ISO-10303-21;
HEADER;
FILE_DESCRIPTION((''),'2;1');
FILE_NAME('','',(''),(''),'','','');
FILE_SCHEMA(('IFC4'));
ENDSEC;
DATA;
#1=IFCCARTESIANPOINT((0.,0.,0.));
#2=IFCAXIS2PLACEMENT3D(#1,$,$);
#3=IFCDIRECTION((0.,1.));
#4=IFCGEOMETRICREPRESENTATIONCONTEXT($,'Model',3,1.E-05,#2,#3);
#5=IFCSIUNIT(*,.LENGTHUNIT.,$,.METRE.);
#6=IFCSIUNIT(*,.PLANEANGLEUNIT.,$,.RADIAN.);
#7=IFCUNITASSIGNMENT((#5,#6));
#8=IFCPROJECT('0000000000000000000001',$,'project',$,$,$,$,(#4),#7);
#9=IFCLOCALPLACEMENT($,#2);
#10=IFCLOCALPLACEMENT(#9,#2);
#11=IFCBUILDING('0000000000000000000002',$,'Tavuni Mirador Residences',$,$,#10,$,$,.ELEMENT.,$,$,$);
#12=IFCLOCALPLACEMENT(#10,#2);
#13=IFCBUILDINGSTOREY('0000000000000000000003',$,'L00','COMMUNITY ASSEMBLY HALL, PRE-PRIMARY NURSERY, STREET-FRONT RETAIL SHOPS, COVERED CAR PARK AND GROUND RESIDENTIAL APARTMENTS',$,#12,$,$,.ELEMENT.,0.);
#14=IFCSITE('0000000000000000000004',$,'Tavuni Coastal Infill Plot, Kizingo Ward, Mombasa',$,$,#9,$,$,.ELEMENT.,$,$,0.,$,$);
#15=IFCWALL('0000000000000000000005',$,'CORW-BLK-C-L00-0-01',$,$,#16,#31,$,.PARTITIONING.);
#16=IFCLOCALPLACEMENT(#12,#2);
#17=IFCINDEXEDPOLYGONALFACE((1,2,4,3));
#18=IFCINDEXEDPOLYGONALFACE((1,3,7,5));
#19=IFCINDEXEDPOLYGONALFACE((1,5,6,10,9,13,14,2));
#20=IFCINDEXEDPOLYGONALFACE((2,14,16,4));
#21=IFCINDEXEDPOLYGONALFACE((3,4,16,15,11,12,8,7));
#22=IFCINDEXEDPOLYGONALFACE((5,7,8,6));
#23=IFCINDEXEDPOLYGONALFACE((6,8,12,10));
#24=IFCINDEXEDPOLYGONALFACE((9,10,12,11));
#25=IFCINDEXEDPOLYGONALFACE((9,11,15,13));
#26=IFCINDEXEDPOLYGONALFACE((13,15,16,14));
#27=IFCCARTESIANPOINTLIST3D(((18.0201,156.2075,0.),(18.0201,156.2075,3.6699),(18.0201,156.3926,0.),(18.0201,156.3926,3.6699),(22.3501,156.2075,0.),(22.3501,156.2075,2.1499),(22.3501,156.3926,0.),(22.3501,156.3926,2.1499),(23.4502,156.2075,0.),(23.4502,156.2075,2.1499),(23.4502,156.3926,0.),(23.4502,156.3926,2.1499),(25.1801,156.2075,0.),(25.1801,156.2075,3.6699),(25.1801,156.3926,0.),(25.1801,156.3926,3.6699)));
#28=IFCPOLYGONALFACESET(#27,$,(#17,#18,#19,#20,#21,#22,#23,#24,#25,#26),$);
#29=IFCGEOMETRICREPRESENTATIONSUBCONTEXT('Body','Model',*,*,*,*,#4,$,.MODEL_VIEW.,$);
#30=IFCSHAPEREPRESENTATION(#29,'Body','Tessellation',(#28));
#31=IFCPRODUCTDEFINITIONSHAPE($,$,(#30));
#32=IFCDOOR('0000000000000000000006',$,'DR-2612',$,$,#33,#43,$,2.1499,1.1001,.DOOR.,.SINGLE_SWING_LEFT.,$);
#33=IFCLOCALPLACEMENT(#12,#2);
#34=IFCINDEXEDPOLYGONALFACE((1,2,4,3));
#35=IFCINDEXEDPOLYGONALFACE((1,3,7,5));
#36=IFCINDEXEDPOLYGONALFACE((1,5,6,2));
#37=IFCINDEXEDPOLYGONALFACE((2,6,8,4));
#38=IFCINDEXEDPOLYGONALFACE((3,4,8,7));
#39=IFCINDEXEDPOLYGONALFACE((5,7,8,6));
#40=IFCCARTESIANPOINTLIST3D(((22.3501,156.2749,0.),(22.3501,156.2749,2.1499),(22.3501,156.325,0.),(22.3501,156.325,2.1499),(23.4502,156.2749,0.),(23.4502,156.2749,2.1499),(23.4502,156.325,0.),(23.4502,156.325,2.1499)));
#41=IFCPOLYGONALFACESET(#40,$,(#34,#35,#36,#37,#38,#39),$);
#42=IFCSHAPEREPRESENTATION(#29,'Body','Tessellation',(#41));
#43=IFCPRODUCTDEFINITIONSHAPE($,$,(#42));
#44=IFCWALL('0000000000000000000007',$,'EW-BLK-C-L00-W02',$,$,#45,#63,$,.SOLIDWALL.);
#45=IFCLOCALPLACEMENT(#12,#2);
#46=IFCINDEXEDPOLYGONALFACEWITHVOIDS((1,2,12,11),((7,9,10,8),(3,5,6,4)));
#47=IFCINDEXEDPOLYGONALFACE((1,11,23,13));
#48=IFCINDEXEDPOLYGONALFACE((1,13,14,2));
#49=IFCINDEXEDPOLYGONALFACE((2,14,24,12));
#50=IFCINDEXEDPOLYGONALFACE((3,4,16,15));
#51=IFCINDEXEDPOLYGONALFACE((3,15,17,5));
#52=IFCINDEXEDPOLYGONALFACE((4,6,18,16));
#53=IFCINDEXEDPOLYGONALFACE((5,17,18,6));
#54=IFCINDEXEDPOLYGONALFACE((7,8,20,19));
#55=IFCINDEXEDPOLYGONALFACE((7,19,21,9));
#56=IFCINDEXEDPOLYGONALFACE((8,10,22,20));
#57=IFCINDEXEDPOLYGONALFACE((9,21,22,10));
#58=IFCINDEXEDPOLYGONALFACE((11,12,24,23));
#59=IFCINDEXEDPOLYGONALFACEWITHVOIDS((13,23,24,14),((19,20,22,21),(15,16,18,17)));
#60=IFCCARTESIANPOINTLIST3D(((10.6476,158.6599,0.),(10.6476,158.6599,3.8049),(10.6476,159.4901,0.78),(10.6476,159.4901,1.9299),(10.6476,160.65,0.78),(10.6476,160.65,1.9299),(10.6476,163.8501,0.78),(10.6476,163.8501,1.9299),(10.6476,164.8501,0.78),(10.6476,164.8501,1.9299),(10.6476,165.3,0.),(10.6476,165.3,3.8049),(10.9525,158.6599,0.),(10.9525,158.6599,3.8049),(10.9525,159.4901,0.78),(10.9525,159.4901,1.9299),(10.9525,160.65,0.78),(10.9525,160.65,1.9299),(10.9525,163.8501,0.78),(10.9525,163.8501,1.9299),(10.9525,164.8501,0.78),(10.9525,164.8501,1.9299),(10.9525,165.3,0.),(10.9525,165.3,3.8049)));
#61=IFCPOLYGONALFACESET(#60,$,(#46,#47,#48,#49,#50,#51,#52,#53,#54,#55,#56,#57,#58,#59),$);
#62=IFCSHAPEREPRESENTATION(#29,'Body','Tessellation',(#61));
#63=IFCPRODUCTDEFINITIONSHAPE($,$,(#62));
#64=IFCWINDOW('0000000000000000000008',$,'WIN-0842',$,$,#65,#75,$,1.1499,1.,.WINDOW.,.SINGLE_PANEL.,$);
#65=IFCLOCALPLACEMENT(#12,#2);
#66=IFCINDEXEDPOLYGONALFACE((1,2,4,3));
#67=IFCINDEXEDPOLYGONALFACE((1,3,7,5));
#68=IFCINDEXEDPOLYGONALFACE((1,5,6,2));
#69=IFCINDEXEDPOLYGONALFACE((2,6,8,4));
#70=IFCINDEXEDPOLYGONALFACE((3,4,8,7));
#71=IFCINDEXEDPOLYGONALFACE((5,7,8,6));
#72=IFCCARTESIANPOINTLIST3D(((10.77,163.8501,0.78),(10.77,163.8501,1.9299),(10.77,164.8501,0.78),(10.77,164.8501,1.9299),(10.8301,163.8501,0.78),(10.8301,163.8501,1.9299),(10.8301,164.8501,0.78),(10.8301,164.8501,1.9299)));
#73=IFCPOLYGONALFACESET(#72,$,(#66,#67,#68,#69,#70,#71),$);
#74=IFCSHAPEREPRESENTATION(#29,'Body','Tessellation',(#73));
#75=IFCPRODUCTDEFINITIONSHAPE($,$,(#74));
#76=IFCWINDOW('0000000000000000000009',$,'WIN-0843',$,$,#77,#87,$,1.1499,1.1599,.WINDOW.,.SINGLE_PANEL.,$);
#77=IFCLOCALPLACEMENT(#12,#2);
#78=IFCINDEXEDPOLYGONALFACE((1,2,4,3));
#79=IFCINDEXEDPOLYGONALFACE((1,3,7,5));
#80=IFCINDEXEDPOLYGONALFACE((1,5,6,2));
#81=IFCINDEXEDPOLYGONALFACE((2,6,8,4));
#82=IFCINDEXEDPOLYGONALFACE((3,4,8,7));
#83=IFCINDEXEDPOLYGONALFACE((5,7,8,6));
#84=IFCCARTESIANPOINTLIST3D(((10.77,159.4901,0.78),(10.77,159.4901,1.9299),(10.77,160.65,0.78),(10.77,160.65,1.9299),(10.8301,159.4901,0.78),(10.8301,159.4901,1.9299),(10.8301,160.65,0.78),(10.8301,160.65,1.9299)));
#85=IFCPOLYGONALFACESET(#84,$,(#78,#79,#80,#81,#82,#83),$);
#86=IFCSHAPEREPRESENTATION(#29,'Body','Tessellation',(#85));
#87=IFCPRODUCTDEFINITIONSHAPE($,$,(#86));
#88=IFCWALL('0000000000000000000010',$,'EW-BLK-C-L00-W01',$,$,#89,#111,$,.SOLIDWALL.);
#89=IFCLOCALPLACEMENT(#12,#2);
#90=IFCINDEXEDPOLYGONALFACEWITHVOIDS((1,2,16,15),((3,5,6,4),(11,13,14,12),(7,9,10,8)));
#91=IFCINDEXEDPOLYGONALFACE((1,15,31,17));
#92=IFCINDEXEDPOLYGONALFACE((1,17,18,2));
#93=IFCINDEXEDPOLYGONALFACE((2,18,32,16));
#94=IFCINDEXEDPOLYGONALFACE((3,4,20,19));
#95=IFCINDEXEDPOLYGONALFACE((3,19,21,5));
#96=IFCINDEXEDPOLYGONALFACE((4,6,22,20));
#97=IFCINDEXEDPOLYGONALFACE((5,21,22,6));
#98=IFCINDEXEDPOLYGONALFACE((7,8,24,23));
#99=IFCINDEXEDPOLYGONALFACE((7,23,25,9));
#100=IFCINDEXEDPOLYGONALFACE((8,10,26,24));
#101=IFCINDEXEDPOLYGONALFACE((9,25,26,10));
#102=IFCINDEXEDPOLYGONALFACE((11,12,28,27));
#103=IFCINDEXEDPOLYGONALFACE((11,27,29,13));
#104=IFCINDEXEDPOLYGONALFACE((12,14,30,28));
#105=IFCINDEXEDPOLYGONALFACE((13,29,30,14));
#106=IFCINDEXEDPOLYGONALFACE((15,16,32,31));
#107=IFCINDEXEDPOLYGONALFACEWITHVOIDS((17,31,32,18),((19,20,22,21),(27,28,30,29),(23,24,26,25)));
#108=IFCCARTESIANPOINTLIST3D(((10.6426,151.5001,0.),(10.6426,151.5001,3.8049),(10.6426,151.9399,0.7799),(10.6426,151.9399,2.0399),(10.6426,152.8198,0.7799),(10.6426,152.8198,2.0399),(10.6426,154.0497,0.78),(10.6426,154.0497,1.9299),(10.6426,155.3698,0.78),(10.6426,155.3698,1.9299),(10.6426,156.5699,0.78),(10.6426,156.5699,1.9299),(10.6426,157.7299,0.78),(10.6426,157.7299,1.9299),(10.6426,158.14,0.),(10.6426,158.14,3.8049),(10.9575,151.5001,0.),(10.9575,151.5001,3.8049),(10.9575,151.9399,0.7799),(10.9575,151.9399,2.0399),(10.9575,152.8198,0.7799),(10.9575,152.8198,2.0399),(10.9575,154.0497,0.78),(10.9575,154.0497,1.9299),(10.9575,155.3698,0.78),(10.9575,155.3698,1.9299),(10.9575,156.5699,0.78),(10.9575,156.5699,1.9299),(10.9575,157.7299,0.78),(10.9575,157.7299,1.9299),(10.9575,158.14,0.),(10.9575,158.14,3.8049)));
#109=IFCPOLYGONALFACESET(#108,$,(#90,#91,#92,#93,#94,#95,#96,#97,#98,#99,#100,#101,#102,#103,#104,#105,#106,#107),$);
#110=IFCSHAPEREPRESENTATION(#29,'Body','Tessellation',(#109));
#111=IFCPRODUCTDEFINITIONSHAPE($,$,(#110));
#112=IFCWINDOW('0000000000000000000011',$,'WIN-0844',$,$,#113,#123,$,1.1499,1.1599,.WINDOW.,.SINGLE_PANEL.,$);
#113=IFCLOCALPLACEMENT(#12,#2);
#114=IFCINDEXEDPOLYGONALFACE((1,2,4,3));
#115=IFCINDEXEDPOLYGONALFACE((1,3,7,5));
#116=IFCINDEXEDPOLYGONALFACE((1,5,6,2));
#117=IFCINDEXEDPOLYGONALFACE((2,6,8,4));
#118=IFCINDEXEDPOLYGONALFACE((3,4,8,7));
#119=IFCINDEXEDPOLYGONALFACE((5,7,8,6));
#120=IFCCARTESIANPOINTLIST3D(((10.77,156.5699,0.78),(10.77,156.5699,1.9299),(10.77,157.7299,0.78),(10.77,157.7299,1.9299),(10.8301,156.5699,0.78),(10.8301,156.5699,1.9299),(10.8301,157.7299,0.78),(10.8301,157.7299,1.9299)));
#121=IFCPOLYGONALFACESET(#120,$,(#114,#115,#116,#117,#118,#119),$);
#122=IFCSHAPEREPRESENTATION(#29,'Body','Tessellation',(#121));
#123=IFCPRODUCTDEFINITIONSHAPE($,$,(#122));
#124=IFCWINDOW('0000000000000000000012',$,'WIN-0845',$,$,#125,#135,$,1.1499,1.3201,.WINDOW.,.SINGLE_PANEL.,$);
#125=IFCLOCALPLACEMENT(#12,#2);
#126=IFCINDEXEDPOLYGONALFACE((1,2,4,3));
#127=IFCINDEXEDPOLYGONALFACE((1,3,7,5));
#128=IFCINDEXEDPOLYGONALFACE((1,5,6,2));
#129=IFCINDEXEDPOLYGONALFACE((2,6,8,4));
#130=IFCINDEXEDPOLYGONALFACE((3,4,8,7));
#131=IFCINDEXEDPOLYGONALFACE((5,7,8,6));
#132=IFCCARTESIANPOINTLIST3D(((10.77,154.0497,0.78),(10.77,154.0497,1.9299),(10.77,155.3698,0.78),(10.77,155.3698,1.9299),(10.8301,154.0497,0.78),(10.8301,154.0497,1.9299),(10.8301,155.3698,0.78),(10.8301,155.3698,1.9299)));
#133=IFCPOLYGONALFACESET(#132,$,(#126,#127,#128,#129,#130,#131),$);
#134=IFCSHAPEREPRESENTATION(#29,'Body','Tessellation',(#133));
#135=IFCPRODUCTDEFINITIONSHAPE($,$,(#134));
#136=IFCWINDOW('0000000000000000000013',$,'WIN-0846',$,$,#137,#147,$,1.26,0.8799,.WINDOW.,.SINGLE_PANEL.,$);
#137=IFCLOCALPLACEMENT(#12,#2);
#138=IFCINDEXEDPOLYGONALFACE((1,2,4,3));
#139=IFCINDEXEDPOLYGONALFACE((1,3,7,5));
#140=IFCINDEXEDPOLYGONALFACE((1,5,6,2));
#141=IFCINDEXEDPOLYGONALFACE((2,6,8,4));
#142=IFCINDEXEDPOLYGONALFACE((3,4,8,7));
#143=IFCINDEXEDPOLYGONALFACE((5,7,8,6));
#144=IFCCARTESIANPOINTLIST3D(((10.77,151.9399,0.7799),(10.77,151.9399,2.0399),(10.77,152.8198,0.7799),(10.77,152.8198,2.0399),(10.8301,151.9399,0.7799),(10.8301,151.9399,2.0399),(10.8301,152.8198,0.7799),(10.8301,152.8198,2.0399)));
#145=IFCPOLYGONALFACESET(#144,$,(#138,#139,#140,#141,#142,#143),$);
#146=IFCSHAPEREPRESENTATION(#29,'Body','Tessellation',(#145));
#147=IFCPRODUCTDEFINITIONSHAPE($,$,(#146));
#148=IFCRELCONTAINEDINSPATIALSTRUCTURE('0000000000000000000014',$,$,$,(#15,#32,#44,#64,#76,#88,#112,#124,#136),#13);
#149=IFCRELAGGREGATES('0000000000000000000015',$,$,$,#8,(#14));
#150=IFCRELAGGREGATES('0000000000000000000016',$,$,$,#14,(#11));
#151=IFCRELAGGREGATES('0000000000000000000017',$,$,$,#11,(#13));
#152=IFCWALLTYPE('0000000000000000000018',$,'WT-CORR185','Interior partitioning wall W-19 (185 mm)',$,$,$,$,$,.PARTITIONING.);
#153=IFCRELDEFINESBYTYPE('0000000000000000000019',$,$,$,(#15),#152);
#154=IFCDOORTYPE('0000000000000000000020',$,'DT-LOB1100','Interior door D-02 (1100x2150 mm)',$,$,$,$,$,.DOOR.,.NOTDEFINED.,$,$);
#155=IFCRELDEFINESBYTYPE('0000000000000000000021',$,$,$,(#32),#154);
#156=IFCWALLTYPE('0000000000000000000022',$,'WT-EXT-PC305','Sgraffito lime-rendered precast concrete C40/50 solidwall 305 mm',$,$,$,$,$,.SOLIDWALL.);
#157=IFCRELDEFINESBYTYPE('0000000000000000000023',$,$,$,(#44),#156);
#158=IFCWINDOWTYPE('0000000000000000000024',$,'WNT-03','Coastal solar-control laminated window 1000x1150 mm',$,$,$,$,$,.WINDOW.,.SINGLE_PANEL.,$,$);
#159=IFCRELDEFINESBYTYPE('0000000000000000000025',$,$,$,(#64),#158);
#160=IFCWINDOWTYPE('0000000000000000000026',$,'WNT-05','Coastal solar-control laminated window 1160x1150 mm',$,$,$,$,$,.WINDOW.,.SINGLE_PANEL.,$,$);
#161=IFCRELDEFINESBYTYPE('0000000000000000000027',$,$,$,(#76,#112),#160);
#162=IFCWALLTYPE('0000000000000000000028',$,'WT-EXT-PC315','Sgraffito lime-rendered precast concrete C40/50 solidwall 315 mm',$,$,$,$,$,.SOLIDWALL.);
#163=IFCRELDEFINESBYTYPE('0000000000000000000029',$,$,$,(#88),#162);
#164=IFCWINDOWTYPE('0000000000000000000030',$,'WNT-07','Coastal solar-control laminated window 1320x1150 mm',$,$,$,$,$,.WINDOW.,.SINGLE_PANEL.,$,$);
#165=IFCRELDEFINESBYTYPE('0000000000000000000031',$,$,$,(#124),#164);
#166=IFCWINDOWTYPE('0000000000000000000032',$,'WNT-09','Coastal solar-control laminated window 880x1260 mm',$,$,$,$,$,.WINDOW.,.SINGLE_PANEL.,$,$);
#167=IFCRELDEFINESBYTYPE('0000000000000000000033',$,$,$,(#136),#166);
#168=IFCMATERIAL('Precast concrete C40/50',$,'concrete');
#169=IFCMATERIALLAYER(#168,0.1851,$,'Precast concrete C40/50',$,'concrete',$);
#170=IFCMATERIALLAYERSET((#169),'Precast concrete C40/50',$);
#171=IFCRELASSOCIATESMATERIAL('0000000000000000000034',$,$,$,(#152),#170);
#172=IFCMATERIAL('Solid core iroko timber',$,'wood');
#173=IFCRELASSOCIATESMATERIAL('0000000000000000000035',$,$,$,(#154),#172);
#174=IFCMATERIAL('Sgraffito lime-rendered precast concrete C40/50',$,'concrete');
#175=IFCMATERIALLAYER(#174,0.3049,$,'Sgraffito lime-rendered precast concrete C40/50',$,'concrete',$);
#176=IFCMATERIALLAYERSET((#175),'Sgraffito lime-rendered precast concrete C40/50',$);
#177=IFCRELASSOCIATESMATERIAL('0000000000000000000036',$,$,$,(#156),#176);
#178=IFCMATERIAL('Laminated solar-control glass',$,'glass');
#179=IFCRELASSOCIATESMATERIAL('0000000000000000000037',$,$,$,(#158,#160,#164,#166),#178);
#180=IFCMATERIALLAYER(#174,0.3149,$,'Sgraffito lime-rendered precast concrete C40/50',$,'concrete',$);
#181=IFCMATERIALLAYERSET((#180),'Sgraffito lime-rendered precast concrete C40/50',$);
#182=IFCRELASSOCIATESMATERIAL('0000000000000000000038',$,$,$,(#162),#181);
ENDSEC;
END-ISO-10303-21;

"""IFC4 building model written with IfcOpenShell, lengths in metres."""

from ifc_helpers import new_model, si_unit, direction, frame, frame_2d, origin, place, context, subcontext, project, spatial, rectangle, extrude, material, layer, layer_set, type_object, element, fill, save


model = new_model("IFC4")

# Units and contexts
model_context = context("Model", 3, precision=1e-05, world=origin(), true_north=direction((0.0, 1.0)))
body_context = subcontext(model_context, "Body", "Model", "MODEL_VIEW")
ifc_project = project(units=[si_unit("LENGTHUNIT", "METRE"), si_unit("PLANEANGLEUNIT", "RADIAN")], contexts=[model_context])

# Site, building, storey
site_placement = place(None, origin())
site = spatial("IfcSite", under=ifc_project, at=site_placement, Name="Tavuni Coastal Infill Plot, Kizingo Ward, Mombasa", CompositionType="ELEMENT", RefElevation=0.0)
building_placement = place(site_placement, origin())
building = spatial("IfcBuilding", under=site, at=building_placement, Name="Tavuni Mirador Residences", CompositionType="ELEMENT")
storey_placement = place(building_placement, origin())
storey = spatial("IfcBuildingStorey", under=building, at=storey_placement, Name="L00", Description="COMMUNITY ASSEMBLY HALL, PRE-PRIMARY NURSERY, STREET-FRONT RETAIL SHOPS, COVERED CAR PARK AND GROUND RESIDENTIAL APARTMENTS", CompositionType="ELEMENT", Elevation=0.0)

# Shared definitions
ifc_material_1 = material(Name="Precast concrete C40/50", Category="concrete")

# Wall, opening, door
ifc_layer_1 = layer(ifc_material_1, 0.1851, Name="Precast concrete C40/50", Category="concrete")
ifc_layer_set_1 = layer_set([ifc_layer_1], Name="Precast concrete C40/50")
wall_type_1 = type_object("IfcWallType", Name="WT-CORR185", Description="Interior partitioning wall W-19 (185 mm)", PredefinedType="PARTITIONING", material=ifc_layer_set_1)
ifc_material_2 = material(Name="Solid core iroko timber", Category="wood")
wall_1_placement = place(storey_placement, frame((18.02, 156.3, 0.0), z_axis=(0.0, 0.0, 1.0), x_axis=(1.0, 0.0, 0.0)))
wall_1 = element("IfcWall", 1, at=wall_1_placement, inside=storey, type_object=wall_type_1, Name="CORW-BLK-C-L00-0-01", PredefinedType="PARTITIONING", context=body_context, shape_type="SweptSolid", body=[
    extrude(rectangle(XDim=7.1599, YDim=0.1851, at=frame_2d((3.5801, 0.0))), origin(), (0.0, 0.0, 1.0), 3.6699),
])
opening_1_placement = place(wall_1_placement, frame((4.3301, 0.0, 0.0)))
opening_1 = element("IfcOpeningElement", 2, at=opening_1_placement, cuts=wall_1, PredefinedType="OPENING", context=body_context, shape_type="SweptSolid", body=[
    extrude(rectangle(XDim=1.1001, YDim=2.1499, at=frame_2d((0.55, 1.075))), frame((0.0, 0.1025, 0.0), z_axis=(0.0, -1.0, 0.0), x_axis=(1.0, 0.0, 0.0)), (0.0, 0.0, 1.0), 0.2051),
])
door_type_1 = type_object("IfcDoorType", Name="DT-LOB1100", Description="Interior door D-02 (1100x2150 mm)", OperationType="NOTDEFINED", PredefinedType="DOOR", material=ifc_material_2)
door_1_placement = place(opening_1_placement, origin())
door_1 = element("IfcDoor", 3, at=door_1_placement, inside=storey, type_object=door_type_1, Name="DR-2612", OperationType="SINGLE_SWING_LEFT", OverallHeight=2.1499, OverallWidth=1.1001, PredefinedType="DOOR", context=body_context, shape_type="SweptSolid", body=[
    extrude(rectangle(XDim=1.1001, YDim=2.1499, at=frame_2d((0.55, 1.075))), frame((0.0, 0.0249, 0.0), z_axis=(0.0, -1.0, 0.0), x_axis=(1.0, 0.0, 0.0)), (0.0, 0.0, 1.0), 0.05),
])
fill(opening_1, door_1)

# Walls, openings, windows
ifc_material_3 = material(Name="Sgraffito lime-rendered precast concrete C40/50", Category="concrete")
ifc_layer_2 = layer(ifc_material_3, 0.3049, Name="Sgraffito lime-rendered precast concrete C40/50", Category="concrete")
ifc_layer_set_2 = layer_set([ifc_layer_2], Name="Sgraffito lime-rendered precast concrete C40/50")
wall_type_2 = type_object("IfcWallType", Name="WT-EXT-PC305", Description="Sgraffito lime-rendered precast concrete C40/50 solidwall 305 mm", PredefinedType="SOLIDWALL", material=ifc_layer_set_2)
wall_2_placement = place(storey_placement, frame((10.8, 165.3, 0.0), z_axis=(0.0, 0.0, 1.0), x_axis=(0.0, -1.0, 0.0)))
wall_2 = element("IfcWall", 4, at=wall_2_placement, inside=storey, type_object=wall_type_2, Name="EW-BLK-C-L00-W02", PredefinedType="SOLIDWALL", context=body_context, shape_type="SweptSolid", body=[
    extrude(rectangle(XDim=6.6401, YDim=0.3049, at=frame_2d((3.3201, 0.0))), origin(), (0.0, 0.0, 1.0), 3.8049),
])
opening_2_placement = place(wall_2_placement, frame((0.45, 0.0, 0.78)))
opening_2 = element("IfcOpeningElement", 5, at=opening_2_placement, cuts=wall_2, PredefinedType="OPENING", context=body_context, shape_type="SweptSolid", body=[
    extrude(rectangle(XDim=1.0, YDim=1.1499, at=frame_2d((0.5, 0.575))), frame((0.0, 0.1626, 0.0), z_axis=(0.0, -1.0, 0.0), x_axis=(1.0, 0.0, 0.0)), (0.0, 0.0, 1.0), 0.325),
])
opening_3_placement = place(wall_2_placement, frame((4.6499, 0.0, 0.78)))
opening_3 = element("IfcOpeningElement", 6, at=opening_3_placement, cuts=wall_2, PredefinedType="OPENING", context=body_context, shape_type="SweptSolid", body=[
    extrude(rectangle(XDim=1.1599, YDim=1.1499, at=frame_2d((0.5801, 0.575))), frame((0.0, 0.1626, 0.0), z_axis=(0.0, -1.0, 0.0), x_axis=(1.0, 0.0, 0.0)), (0.0, 0.0, 1.0), 0.325),
])
ifc_material_4 = material(Name="Laminated solar-control glass", Category="glass")
window_type_1 = type_object("IfcWindowType", Name="WNT-03", Description="Coastal solar-control laminated window 1000x1150 mm", PartitioningType="SINGLE_PANEL", PredefinedType="WINDOW", material=ifc_material_4)
window_1_placement = place(opening_2_placement, origin())
window_1 = element("IfcWindow", 7, at=window_1_placement, inside=storey, type_object=window_type_1, Name="WIN-0842", OverallHeight=1.1499, OverallWidth=1.0, PartitioningType="SINGLE_PANEL", PredefinedType="WINDOW", context=body_context, shape_type="SweptSolid", body=[
    extrude(rectangle(XDim=1.0, YDim=1.1499, at=frame_2d((0.5, 0.575))), frame((0.0, 0.03, 0.0), z_axis=(0.0, -1.0, 0.0), x_axis=(1.0, 0.0, 0.0)), (0.0, 0.0, 1.0), 0.0601),
])
fill(opening_2, window_1)
window_type_2 = type_object("IfcWindowType", Name="WNT-05", Description="Coastal solar-control laminated window 1160x1150 mm", PartitioningType="SINGLE_PANEL", PredefinedType="WINDOW", material=ifc_material_4)
window_2_placement = place(opening_3_placement, origin())
window_2 = element("IfcWindow", 8, at=window_2_placement, inside=storey, type_object=window_type_2, Name="WIN-0843", OverallHeight=1.1499, OverallWidth=1.1599, PartitioningType="SINGLE_PANEL", PredefinedType="WINDOW", context=body_context, shape_type="SweptSolid", body=[
    extrude(rectangle(XDim=1.1599, YDim=1.1499, at=frame_2d((0.5801, 0.575))), frame((0.0, 0.03, 0.0), z_axis=(0.0, -1.0, 0.0), x_axis=(1.0, 0.0, 0.0)), (0.0, 0.0, 1.0), 0.0601),
])
fill(opening_3, window_2)
ifc_layer_3 = layer(ifc_material_3, 0.3149, Name="Sgraffito lime-rendered precast concrete C40/50", Category="concrete")
ifc_layer_set_3 = layer_set([ifc_layer_3], Name="Sgraffito lime-rendered precast concrete C40/50")
wall_type_3 = type_object("IfcWallType", Name="WT-EXT-PC315", Description="Sgraffito lime-rendered precast concrete C40/50 solidwall 315 mm", PredefinedType="SOLIDWALL", material=ifc_layer_set_3)
wall_3_placement = place(storey_placement, frame((10.8, 158.1399, 0.0), z_axis=(0.0, 0.0, 1.0), x_axis=(0.0, -1.0, 0.0)))
wall_3 = element("IfcWall", 9, at=wall_3_placement, inside=storey, type_object=wall_type_3, Name="EW-BLK-C-L00-W01", PredefinedType="SOLIDWALL", context=body_context, shape_type="SweptSolid", body=[
    extrude(rectangle(XDim=6.6399, YDim=0.3149, at=frame_2d((3.3198, 0.0))), origin(), (0.0, 0.0, 1.0), 3.8049),
])
opening_4_placement = place(wall_3_placement, frame((0.4099, 0.0, 0.78)))
opening_4 = element("IfcOpeningElement", 10, at=opening_4_placement, cuts=wall_3, PredefinedType="OPENING", context=body_context, shape_type="SweptSolid", body=[
    extrude(rectangle(XDim=1.1599, YDim=1.1499, at=frame_2d((0.5801, 0.575))), frame((0.0, 0.1675, 0.0), z_axis=(0.0, -1.0, 0.0), x_axis=(1.0, 0.0, 0.0)), (0.0, 0.0, 1.0), 0.335),
])
opening_5_placement = place(wall_3_placement, frame((2.77, 0.0, 0.78)))
opening_5 = element("IfcOpeningElement", 11, at=opening_5_placement, cuts=wall_3, PredefinedType="OPENING", context=body_context, shape_type="SweptSolid", body=[
    extrude(rectangle(XDim=1.3201, YDim=1.1499, at=frame_2d((0.6602, 0.575))), frame((0.0, 0.1675, 0.0), z_axis=(0.0, -1.0, 0.0), x_axis=(1.0, 0.0, 0.0)), (0.0, 0.0, 1.0), 0.335),
])
opening_6_placement = place(wall_3_placement, frame((5.3201, 0.0, 0.78)))
opening_6 = element("IfcOpeningElement", 12, at=opening_6_placement, cuts=wall_3, PredefinedType="OPENING", context=body_context, shape_type="SweptSolid", body=[
    extrude(rectangle(XDim=0.8799, YDim=1.26, at=frame_2d((0.4399, 0.6299))), frame((0.0, 0.1675, 0.0), z_axis=(0.0, -1.0, 0.0), x_axis=(1.0, 0.0, 0.0)), (0.0, 0.0, 1.0), 0.335),
])
window_3_placement = place(opening_4_placement, origin())
window_3 = element("IfcWindow", 13, at=window_3_placement, inside=storey, type_object=window_type_2, Name="WIN-0844", OverallHeight=1.1499, OverallWidth=1.1599, PartitioningType="SINGLE_PANEL", PredefinedType="WINDOW", context=body_context, shape_type="SweptSolid", body=[
    extrude(rectangle(XDim=1.1599, YDim=1.1499, at=frame_2d((0.5801, 0.575))), frame((0.0, 0.03, 0.0), z_axis=(0.0, -1.0, 0.0), x_axis=(1.0, 0.0, 0.0)), (0.0, 0.0, 1.0), 0.0601),
])
fill(opening_4, window_3)
window_type_3 = type_object("IfcWindowType", Name="WNT-07", Description="Coastal solar-control laminated window 1320x1150 mm", PartitioningType="SINGLE_PANEL", PredefinedType="WINDOW", material=ifc_material_4)
window_4_placement = place(opening_5_placement, origin())
window_4 = element("IfcWindow", 14, at=window_4_placement, inside=storey, type_object=window_type_3, Name="WIN-0845", OverallHeight=1.1499, OverallWidth=1.3201, PartitioningType="SINGLE_PANEL", PredefinedType="WINDOW", context=body_context, shape_type="SweptSolid", body=[
    extrude(rectangle(XDim=1.3201, YDim=1.1499, at=frame_2d((0.6602, 0.575))), frame((0.0, 0.03, 0.0), z_axis=(0.0, -1.0, 0.0), x_axis=(1.0, 0.0, 0.0)), (0.0, 0.0, 1.0), 0.0601),
])
fill(opening_5, window_4)
window_type_4 = type_object("IfcWindowType", Name="WNT-09", Description="Coastal solar-control laminated window 880x1260 mm", PartitioningType="SINGLE_PANEL", PredefinedType="WINDOW", material=ifc_material_4)
window_5_placement = place(opening_6_placement, origin())
window_5 = element("IfcWindow", 15, at=window_5_placement, inside=storey, type_object=window_type_4, Name="WIN-0846", OverallHeight=1.26, OverallWidth=0.8799, PartitioningType="SINGLE_PANEL", PredefinedType="WINDOW", context=body_context, shape_type="SweptSolid", body=[
    extrude(rectangle(XDim=0.8799, YDim=1.26, at=frame_2d((0.4399, 0.6299))), frame((0.0, 0.03, 0.0), z_axis=(0.0, -1.0, 0.0), x_axis=(1.0, 0.0, 0.0)), (0.0, 0.0, 1.0), 0.0601),
])
fill(opening_6, window_5)

save(model, "model.ifc")
